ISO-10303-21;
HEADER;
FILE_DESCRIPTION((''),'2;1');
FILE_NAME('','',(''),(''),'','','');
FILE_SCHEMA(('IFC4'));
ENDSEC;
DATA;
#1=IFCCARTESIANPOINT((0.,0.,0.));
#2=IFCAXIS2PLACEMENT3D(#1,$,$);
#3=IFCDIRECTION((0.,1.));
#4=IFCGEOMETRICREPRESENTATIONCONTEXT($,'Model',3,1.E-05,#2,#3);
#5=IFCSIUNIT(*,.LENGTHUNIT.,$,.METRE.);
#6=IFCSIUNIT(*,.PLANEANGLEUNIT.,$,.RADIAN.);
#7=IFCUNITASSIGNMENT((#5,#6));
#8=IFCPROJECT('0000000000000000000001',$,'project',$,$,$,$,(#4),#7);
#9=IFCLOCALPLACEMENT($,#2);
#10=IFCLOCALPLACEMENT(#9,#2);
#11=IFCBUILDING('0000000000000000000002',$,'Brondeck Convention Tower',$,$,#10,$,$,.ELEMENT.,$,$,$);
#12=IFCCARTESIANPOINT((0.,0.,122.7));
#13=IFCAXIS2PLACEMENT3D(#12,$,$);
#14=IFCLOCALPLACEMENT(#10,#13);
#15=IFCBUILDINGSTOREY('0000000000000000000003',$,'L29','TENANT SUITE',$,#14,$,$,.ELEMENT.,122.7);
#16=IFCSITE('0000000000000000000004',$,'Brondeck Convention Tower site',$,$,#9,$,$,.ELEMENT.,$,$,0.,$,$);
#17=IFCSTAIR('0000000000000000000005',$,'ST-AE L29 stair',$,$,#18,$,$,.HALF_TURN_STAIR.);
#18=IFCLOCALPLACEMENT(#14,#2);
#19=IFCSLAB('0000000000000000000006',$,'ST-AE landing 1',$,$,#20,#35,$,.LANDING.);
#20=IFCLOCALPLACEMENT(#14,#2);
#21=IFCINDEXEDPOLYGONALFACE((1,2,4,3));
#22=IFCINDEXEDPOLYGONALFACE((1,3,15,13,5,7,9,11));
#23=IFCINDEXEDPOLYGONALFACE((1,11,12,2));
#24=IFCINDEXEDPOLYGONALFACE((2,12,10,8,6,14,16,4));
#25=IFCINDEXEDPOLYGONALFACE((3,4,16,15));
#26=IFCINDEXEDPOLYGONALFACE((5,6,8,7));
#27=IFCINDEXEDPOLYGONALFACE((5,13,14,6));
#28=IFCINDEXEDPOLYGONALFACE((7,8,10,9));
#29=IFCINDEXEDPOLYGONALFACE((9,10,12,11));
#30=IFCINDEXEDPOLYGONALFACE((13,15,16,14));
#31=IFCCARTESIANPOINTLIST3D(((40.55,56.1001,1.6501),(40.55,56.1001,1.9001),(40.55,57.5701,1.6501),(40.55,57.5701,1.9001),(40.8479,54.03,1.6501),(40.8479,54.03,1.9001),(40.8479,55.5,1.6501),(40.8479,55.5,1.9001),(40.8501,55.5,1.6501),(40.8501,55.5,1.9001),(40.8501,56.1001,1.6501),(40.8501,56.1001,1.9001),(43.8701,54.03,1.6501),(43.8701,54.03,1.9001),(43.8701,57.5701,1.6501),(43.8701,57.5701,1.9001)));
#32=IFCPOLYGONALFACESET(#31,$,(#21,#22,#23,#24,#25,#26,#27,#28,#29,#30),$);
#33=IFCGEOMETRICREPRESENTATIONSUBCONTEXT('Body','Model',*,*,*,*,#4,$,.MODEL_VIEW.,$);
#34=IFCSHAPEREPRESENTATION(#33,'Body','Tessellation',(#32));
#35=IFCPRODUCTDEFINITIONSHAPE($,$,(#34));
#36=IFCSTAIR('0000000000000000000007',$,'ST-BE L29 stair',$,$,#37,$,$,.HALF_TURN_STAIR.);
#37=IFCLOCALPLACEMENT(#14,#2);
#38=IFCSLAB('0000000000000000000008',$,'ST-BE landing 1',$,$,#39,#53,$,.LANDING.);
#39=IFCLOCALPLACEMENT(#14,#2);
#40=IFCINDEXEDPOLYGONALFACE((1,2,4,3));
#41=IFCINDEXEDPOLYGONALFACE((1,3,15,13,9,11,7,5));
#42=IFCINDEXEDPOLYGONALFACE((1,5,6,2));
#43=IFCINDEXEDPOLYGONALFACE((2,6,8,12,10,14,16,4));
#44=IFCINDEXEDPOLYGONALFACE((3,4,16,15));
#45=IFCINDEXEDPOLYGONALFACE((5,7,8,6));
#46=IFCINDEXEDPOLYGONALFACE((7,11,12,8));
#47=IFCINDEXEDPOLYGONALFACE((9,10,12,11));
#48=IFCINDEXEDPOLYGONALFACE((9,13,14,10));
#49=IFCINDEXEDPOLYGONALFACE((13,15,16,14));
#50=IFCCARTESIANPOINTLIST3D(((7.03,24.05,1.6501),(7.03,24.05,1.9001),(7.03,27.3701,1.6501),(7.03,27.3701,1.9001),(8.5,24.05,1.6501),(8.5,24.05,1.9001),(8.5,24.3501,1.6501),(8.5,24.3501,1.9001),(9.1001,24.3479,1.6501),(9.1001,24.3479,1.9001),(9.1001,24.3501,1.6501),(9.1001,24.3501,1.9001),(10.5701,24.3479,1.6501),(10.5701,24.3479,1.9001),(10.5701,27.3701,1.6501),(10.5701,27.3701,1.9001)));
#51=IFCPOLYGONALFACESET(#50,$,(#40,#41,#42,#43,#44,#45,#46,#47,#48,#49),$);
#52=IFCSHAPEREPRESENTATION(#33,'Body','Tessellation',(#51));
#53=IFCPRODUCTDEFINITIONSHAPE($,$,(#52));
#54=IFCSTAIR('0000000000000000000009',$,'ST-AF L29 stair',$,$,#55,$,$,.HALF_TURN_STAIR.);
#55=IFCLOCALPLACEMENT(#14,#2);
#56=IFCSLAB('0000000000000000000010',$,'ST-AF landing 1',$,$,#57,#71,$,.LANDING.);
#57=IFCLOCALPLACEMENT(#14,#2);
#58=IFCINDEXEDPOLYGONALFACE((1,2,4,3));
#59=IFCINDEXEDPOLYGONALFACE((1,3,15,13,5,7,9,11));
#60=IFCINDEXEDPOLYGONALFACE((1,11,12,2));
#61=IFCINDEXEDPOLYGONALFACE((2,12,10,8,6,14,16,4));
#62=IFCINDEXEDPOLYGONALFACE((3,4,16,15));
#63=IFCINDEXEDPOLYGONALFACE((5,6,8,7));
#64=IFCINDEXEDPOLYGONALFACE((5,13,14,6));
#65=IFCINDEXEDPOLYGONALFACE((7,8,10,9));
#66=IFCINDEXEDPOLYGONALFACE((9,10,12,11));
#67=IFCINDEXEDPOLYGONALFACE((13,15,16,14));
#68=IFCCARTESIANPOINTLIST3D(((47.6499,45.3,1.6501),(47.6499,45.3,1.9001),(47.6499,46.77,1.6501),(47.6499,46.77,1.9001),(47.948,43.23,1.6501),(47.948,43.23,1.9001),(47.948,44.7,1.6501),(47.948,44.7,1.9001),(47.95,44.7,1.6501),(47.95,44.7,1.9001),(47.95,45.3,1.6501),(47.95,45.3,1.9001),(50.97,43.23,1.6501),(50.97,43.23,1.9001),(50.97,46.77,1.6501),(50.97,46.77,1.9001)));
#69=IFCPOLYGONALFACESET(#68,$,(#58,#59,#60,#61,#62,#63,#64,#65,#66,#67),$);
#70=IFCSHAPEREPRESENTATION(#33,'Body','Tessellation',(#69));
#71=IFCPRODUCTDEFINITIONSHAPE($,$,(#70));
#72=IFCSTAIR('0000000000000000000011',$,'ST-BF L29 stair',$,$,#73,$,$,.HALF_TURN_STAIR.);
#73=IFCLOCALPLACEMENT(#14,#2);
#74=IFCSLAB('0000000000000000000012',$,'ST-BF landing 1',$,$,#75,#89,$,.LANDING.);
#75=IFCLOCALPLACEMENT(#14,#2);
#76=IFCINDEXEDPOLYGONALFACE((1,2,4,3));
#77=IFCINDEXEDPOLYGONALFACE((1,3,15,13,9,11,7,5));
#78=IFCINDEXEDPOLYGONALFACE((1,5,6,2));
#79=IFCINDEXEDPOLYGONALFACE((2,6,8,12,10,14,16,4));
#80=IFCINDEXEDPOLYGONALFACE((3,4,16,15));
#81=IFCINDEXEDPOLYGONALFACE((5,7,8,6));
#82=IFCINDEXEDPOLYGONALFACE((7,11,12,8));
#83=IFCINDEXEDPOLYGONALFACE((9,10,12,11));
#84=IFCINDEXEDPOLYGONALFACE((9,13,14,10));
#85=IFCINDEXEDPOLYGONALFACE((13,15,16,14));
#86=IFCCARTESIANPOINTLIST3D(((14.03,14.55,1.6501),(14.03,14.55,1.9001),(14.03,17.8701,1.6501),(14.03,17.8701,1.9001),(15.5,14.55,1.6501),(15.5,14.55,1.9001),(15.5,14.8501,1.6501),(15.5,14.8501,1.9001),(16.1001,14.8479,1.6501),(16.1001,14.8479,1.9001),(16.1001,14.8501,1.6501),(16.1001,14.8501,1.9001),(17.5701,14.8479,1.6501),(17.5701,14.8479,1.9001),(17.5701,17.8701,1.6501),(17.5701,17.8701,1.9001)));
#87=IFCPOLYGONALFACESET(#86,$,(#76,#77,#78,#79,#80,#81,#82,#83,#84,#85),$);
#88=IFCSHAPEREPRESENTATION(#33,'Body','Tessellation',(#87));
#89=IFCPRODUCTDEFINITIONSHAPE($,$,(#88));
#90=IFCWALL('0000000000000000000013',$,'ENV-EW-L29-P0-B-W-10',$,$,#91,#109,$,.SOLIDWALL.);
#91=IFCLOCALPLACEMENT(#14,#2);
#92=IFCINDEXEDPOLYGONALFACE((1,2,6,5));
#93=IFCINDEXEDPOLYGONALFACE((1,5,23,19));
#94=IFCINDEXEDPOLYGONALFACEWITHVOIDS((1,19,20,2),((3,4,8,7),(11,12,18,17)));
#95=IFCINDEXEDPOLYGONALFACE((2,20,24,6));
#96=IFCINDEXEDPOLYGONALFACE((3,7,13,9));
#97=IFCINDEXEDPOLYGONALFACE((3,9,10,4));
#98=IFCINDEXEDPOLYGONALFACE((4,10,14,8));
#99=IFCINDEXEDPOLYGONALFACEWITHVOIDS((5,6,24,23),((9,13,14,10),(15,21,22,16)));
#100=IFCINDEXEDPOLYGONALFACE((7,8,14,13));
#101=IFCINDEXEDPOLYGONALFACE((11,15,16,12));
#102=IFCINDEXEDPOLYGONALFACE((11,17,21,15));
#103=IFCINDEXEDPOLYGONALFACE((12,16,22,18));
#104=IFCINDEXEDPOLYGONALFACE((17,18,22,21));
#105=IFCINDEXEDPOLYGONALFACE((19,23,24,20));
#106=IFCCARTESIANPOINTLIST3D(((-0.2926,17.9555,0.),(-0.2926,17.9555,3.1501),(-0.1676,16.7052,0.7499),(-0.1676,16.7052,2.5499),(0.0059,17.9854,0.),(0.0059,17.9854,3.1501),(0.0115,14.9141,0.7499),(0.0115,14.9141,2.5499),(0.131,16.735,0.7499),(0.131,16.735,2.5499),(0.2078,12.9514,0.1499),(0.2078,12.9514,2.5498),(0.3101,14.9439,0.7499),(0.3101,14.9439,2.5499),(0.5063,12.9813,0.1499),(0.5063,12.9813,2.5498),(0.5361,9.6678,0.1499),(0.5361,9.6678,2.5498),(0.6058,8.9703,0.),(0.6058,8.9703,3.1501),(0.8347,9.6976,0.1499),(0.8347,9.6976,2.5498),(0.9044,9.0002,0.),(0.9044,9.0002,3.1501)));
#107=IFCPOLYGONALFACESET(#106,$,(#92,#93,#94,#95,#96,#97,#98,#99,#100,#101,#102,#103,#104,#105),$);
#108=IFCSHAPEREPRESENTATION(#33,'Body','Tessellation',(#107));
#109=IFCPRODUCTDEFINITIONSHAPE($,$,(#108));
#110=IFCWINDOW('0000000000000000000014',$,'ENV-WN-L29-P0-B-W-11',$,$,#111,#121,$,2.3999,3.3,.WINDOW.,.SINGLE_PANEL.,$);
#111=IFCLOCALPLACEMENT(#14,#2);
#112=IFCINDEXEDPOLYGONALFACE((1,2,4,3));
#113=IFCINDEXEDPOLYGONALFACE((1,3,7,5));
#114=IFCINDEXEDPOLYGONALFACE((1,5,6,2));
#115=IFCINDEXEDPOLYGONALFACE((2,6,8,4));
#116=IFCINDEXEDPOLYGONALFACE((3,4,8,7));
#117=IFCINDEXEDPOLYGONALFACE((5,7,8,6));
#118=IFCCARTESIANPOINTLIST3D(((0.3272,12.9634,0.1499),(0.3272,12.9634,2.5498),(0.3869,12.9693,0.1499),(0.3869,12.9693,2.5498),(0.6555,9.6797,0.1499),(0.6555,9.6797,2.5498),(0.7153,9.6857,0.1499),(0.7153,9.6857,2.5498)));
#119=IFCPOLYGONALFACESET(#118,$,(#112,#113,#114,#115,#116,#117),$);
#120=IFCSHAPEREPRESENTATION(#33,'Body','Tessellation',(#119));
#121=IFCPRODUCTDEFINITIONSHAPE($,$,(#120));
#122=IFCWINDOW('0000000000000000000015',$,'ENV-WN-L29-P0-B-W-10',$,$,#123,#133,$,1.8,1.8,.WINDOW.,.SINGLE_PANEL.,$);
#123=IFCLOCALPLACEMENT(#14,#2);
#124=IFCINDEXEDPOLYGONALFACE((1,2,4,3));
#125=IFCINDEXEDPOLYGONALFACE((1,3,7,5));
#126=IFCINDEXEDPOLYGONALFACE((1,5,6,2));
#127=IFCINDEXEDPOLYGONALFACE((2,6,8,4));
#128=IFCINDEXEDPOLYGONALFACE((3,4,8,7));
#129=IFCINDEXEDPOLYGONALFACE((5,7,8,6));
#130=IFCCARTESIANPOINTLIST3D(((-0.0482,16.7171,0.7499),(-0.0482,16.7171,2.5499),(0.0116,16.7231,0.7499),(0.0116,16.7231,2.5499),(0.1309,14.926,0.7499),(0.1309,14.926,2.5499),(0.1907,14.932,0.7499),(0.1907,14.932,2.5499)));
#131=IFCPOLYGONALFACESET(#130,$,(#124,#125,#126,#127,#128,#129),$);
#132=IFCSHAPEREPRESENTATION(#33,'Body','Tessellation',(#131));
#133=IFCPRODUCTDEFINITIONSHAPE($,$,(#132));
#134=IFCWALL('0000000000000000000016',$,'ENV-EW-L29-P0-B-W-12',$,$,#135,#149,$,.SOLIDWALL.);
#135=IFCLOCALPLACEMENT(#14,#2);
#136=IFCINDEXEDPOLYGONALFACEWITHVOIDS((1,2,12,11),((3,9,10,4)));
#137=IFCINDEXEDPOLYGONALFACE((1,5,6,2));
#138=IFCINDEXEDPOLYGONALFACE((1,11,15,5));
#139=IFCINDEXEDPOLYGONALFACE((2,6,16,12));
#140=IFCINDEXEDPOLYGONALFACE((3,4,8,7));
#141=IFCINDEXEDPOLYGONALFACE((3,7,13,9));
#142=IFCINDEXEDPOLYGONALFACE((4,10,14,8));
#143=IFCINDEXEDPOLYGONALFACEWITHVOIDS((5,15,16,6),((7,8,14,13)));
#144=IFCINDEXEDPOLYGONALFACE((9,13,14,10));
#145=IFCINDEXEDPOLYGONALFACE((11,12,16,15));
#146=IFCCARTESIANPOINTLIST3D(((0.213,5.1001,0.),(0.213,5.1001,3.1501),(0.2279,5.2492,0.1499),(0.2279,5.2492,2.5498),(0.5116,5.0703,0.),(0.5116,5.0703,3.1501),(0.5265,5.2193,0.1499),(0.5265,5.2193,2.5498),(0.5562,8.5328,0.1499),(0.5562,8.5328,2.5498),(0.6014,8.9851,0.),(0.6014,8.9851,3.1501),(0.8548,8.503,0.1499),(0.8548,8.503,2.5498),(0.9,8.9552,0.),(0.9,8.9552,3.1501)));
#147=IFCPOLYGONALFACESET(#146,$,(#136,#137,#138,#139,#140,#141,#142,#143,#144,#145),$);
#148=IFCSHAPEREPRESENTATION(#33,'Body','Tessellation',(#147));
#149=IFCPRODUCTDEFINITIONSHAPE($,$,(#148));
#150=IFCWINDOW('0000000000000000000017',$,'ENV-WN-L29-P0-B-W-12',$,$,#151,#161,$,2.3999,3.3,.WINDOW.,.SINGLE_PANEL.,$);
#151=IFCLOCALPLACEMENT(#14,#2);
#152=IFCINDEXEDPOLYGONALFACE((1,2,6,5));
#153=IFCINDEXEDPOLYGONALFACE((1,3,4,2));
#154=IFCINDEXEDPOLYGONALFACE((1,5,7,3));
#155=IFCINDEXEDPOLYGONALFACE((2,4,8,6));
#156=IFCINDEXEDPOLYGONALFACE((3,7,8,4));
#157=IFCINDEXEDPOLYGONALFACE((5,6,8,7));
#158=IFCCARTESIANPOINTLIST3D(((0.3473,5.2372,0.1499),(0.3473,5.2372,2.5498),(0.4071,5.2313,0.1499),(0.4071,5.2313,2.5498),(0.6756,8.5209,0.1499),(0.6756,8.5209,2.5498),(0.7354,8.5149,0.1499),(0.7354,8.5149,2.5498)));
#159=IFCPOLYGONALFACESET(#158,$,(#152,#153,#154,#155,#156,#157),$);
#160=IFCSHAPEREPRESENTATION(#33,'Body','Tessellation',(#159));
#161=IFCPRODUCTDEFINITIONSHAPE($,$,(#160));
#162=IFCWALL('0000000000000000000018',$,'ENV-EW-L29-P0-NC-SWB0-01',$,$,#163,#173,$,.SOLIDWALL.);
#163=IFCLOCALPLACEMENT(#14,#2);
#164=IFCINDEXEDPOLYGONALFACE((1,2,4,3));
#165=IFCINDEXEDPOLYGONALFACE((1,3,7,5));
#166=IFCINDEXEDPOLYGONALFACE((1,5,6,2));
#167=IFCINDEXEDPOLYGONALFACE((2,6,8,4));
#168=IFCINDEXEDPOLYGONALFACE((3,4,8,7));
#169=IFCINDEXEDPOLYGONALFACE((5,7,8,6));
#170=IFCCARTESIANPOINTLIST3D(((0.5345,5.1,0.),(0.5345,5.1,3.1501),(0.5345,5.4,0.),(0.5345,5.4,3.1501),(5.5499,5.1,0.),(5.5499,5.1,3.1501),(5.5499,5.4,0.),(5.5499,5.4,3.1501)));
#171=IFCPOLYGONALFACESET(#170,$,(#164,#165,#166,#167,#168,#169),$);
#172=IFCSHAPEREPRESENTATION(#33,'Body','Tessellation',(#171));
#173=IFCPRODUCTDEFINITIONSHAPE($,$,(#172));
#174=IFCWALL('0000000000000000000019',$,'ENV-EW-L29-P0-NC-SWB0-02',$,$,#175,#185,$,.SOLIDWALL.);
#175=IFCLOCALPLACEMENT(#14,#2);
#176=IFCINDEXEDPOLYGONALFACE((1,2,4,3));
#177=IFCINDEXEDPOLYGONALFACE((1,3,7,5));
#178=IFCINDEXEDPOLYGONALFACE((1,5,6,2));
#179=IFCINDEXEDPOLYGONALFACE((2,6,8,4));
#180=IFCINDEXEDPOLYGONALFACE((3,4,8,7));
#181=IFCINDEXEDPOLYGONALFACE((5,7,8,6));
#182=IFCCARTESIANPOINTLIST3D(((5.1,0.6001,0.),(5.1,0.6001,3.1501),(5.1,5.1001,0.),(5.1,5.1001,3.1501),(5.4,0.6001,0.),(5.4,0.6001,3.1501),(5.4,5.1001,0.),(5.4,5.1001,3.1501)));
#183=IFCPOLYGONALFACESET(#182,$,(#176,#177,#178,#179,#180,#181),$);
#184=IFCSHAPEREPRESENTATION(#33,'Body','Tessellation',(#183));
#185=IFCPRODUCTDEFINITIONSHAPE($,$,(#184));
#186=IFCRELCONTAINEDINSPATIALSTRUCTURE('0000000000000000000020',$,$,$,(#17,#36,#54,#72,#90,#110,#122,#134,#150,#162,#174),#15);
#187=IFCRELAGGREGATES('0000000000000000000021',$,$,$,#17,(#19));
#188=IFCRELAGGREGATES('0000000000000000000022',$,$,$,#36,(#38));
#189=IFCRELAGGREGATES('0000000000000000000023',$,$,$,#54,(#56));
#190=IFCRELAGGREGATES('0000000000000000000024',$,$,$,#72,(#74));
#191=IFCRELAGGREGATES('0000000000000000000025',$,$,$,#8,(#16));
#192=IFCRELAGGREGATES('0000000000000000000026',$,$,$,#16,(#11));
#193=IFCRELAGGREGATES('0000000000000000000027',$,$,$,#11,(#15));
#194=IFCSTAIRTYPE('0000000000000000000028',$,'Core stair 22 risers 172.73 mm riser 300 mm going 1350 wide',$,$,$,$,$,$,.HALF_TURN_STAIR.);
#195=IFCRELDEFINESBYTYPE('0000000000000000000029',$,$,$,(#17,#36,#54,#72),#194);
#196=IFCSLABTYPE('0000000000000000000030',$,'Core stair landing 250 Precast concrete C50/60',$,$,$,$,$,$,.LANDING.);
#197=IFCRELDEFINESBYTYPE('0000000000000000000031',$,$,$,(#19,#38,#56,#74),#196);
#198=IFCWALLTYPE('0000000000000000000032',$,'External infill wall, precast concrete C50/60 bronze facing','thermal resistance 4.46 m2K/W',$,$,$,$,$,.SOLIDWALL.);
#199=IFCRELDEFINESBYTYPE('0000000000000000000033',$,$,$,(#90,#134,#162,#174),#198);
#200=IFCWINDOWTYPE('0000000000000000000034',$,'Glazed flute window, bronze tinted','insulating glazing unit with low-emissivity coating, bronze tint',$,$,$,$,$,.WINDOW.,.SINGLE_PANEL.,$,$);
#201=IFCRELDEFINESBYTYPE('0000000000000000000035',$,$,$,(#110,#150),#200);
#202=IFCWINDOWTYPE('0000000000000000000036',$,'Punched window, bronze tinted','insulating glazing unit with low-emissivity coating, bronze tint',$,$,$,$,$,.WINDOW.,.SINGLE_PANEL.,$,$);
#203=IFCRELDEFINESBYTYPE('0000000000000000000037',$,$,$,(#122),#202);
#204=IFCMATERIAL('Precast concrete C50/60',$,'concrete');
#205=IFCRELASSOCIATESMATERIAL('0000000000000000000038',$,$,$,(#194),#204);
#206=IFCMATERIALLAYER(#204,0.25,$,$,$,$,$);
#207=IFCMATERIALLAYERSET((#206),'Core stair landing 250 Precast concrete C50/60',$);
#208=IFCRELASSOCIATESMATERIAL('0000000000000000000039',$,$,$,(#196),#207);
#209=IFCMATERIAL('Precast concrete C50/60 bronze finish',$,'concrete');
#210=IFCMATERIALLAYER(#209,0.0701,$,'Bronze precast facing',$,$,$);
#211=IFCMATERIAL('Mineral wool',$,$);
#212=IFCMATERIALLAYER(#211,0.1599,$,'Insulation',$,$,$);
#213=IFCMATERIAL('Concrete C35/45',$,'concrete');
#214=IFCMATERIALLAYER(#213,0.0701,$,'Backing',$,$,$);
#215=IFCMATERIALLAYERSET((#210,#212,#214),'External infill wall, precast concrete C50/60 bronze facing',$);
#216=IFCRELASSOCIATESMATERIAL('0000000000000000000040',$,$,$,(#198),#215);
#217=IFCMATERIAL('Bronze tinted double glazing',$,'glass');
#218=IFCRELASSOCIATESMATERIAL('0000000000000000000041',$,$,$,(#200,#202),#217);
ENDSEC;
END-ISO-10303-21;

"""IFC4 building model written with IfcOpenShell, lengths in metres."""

from ifc_helpers import new_model, si_unit, direction, frame, frame_2d, origin, place, context, subcontext, project, spatial, polyline, rectangle, outline, extrude, material, layer, layer_set, type_object, element, fill, aggregate, save


model = new_model("IFC4")

# Units and contexts
model_context = context("Model", 3, precision=1e-05, world=origin(), true_north=direction((0.0, 1.0)))
body_context = subcontext(model_context, "Body", "Model", "MODEL_VIEW")
ifc_project = project(units=[si_unit("LENGTHUNIT", "METRE"), si_unit("PLANEANGLEUNIT", "RADIAN")], contexts=[model_context])

# Site, building, storey
site_placement = place(None, origin())
site = spatial("IfcSite", under=ifc_project, at=site_placement, Name="Brondeck Convention Tower site", CompositionType="ELEMENT", RefElevation=0.0)
building_placement = place(site_placement, origin())
building = spatial("IfcBuilding", under=site, at=building_placement, Name="Brondeck Convention Tower", CompositionType="ELEMENT")
storey_placement = place(building_placement, frame((0.0, 0.0, 122.7)))
storey = spatial("IfcBuildingStorey", under=building, at=storey_placement, Name="L29", Description="TENANT SUITE", CompositionType="ELEMENT", Elevation=122.7)

# Shared definitions
ifc_material_1 = material(Name="Concrete C35/45", Category="concrete")

# Stairs, slabs
ifc_material_2 = material(Name="Precast concrete C50/60", Category="concrete")
stair_type = type_object("IfcStairType", Name="Core stair 22 risers 172.73 mm riser 300 mm going 1350 wide", PredefinedType="HALF_TURN_STAIR", material=ifc_material_2)
ifc_layer_1 = layer(ifc_material_2, 0.25)
ifc_layer_set_1 = layer_set([ifc_layer_1], Name="Core stair landing 250 Precast concrete C50/60")
slab_type_1 = type_object("IfcSlabType", Name="Core stair landing 250 Precast concrete C50/60", PredefinedType="LANDING", material=ifc_layer_set_1)
stair_1_placement = place(storey_placement, origin())
stair_1 = element("IfcStair", 1, at=stair_1_placement, inside=storey, type_object=stair_type, Name="ST-AE L29 stair", PredefinedType="HALF_TURN_STAIR")
slab_1_placement = place(storey_placement, frame((0.0, 0.0, 1.6501)))
slab_1 = element("IfcSlab", 2, at=slab_1_placement, type_object=slab_type_1, Name="ST-AE landing 1", PredefinedType="LANDING", context=body_context, shape_type="SweptSolid", body=[
    extrude(outline(polyline([(40.8479, 55.5), (40.8501, 55.5), (40.8501, 56.1001), (40.55, 56.1001), (40.55, 57.5701), (43.8701, 57.5701), (43.8701, 54.03), (40.8479, 54.03), (40.8479, 55.5)])), origin(), (0.0, 0.0, 1.0), 0.25),
])
aggregate(stair_1, [slab_1])
stair_2_placement = place(storey_placement, origin())
stair_2 = element("IfcStair", 3, at=stair_2_placement, inside=storey, type_object=stair_type, Name="ST-BE L29 stair", PredefinedType="HALF_TURN_STAIR")
slab_2_placement = place(storey_placement, frame((0.0, 0.0, 1.6501)))
slab_2 = element("IfcSlab", 4, at=slab_2_placement, type_object=slab_type_1, Name="ST-BE landing 1", PredefinedType="LANDING", context=body_context, shape_type="SweptSolid", body=[
    extrude(outline(polyline([(7.03, 24.05), (7.03, 27.3701), (10.5701, 27.3701), (10.5701, 24.3479), (9.1001, 24.3479), (9.1001, 24.3501), (8.5, 24.3501), (8.5, 24.05), (7.03, 24.05)])), origin(), (0.0, 0.0, 1.0), 0.25),
])
aggregate(stair_2, [slab_2])
stair_3_placement = place(storey_placement, origin())
stair_3 = element("IfcStair", 5, at=stair_3_placement, inside=storey, type_object=stair_type, Name="ST-AF L29 stair", PredefinedType="HALF_TURN_STAIR")
slab_3_placement = place(storey_placement, frame((0.0, 0.0, 1.6501)))
slab_3 = element("IfcSlab", 6, at=slab_3_placement, type_object=slab_type_1, Name="ST-AF landing 1", PredefinedType="LANDING", context=body_context, shape_type="SweptSolid", body=[
    extrude(outline(polyline([(47.948, 44.7), (47.95, 44.7), (47.95, 45.3), (47.6499, 45.3), (47.6499, 46.77), (50.97, 46.77), (50.97, 43.23), (47.948, 43.23), (47.948, 44.7)])), origin(), (0.0, 0.0, 1.0), 0.25),
])
aggregate(stair_3, [slab_3])
stair_4_placement = place(storey_placement, origin())
stair_4 = element("IfcStair", 7, at=stair_4_placement, inside=storey, type_object=stair_type, Name="ST-BF L29 stair", PredefinedType="HALF_TURN_STAIR")
slab_4_placement = place(storey_placement, frame((0.0, 0.0, 1.6501)))
slab_4 = element("IfcSlab", 8, at=slab_4_placement, type_object=slab_type_1, Name="ST-BF landing 1", PredefinedType="LANDING", context=body_context, shape_type="SweptSolid", body=[
    extrude(outline(polyline([(14.03, 14.55), (14.03, 17.8701), (17.5701, 17.8701), (17.5701, 14.8479), (16.1001, 14.8479), (16.1001, 14.8501), (15.5, 14.8501), (15.5, 14.55), (14.03, 14.55)])), origin(), (0.0, 0.0, 1.0), 0.25),
])
aggregate(stair_4, [slab_4])

# Wall, openings, windows
ifc_material_3 = material(Name="Precast concrete C50/60 bronze finish", Category="concrete")
ifc_layer_2 = layer(ifc_material_3, 0.0701, Name="Bronze precast facing")
ifc_material_4 = material(Name="Mineral wool")
ifc_layer_3 = layer(ifc_material_4, 0.1599, Name="Insulation")
ifc_layer_4 = layer(ifc_material_1, 0.0701, Name="Backing")
ifc_layer_set_2 = layer_set([ifc_layer_2, ifc_layer_3, ifc_layer_4], Name="External infill wall, precast concrete C50/60 bronze facing")
wall_type = type_object("IfcWallType", Name="External infill wall, precast concrete C50/60 bronze facing", Description="thermal resistance 4.46 m2K/W", PredefinedType="SOLIDWALL", material=ifc_layer_set_2)
wall_1_placement = place(storey_placement, frame((0.7551, 8.9851, 0.0), z_axis=(0.0, 0.0, 1.0), x_axis=(-0.099496, 0.995038, 0.0)))
wall_1 = element("IfcWall", 9, at=wall_1_placement, inside=storey, type_object=wall_type, Name="ENV-EW-L29-P0-B-W-10", PredefinedType="SOLIDWALL", context=body_context, shape_type="SweptSolid", body=[
    extrude(rectangle(XDim=9.03, YDim=0.3, at=frame_2d((4.5151, 0.0))), origin(), (0.0, 0.0, 1.0), 3.1501),
])
opening_1_placement = place(wall_1_placement, frame((0.7012, 0.0, 0.1499)))
opening_1 = element("IfcOpeningElement", 10, at=opening_1_placement, cuts=wall_1, PredefinedType="OPENING", context=body_context, shape_type="SweptSolid", body=[
    extrude(rectangle(XDim=3.3, YDim=2.3999, at=frame_2d((1.6499, 1.2))), frame((0.0, 0.1599, 0.0), z_axis=(0.0, -1.0, 0.0), x_axis=(1.0, 0.0, 0.0)), (0.0, 0.0, 1.0), 0.3201),
])
opening_2_placement = place(wall_1_placement, frame((5.9736, 0.0, 0.75)))
opening_2 = element("IfcOpeningElement", 11, at=opening_2_placement, cuts=wall_1, PredefinedType="OPENING", context=body_context, shape_type="SweptSolid", body=[
    extrude(rectangle(XDim=1.8, YDim=1.8, at=frame_2d((0.8999, 0.8999))), frame((0.0, 0.1599, 0.0), z_axis=(0.0, -1.0, 0.0), x_axis=(1.0, 0.0, 0.0)), (0.0, 0.0, 1.0), 0.3201),
])
ifc_material_5 = material(Name="Bronze tinted double glazing", Category="glass")
window_type_1 = type_object("IfcWindowType", Name="Glazed flute window, bronze tinted", Description="insulating glazing unit with low-emissivity coating, bronze tint", PartitioningType="SINGLE_PANEL", PredefinedType="WINDOW", material=ifc_material_5)
window_1_placement = place(opening_1_placement, origin())
window_1 = element("IfcWindow", 12, at=window_1_placement, inside=storey, type_object=window_type_1, Name="ENV-WN-L29-P0-B-W-11", OverallHeight=2.3999, OverallWidth=3.3, PartitioningType="SINGLE_PANEL", PredefinedType="WINDOW", context=body_context, shape_type="SweptSolid", body=[
    extrude(rectangle(XDim=3.3, YDim=2.3999, at=frame_2d((1.6499, 1.2))), frame((0.0, 0.03, 0.0), z_axis=(0.0, -1.0, 0.0), x_axis=(1.0, 0.0, 0.0)), (0.0, 0.0, 1.0), 0.0601),
])
fill(opening_1, window_1)
window_type_2 = type_object("IfcWindowType", Name="Punched window, bronze tinted", Description="insulating glazing unit with low-emissivity coating, bronze tint", PartitioningType="SINGLE_PANEL", PredefinedType="WINDOW", material=ifc_material_5)
window_2_placement = place(opening_2_placement, origin())
window_2 = element("IfcWindow", 13, at=window_2_placement, inside=storey, type_object=window_type_2, Name="ENV-WN-L29-P0-B-W-10", OverallHeight=1.8, OverallWidth=1.8, PartitioningType="SINGLE_PANEL", PredefinedType="WINDOW", context=body_context, shape_type="SweptSolid", body=[
    extrude(rectangle(XDim=1.8, YDim=1.8, at=frame_2d((0.8999, 0.8999))), frame((0.0, 0.03, 0.0), z_axis=(0.0, -1.0, 0.0), x_axis=(1.0, 0.0, 0.0)), (0.0, 0.0, 1.0), 0.0601),
])
fill(opening_2, window_2)

# Wall, opening, window
wall_2_placement = place(storey_placement, frame((0.3623, 5.0852, 0.0), z_axis=(0.0, 0.0, 1.0), x_axis=(0.099485, 0.995039, 0.0)))
wall_2 = element("IfcWall", 14, at=wall_2_placement, inside=storey, type_object=wall_type, Name="ENV-EW-L29-P0-B-W-12", PredefinedType="SOLIDWALL", context=body_context, shape_type="SweptSolid", body=[
    extrude(rectangle(XDim=3.9043, YDim=0.3, at=frame_2d((1.9521, 0.0))), origin(), (0.0, 0.0, 1.0), 3.1501),
])
opening_3_placement = place(wall_2_placement, frame((0.1499, 0.0, 0.1499)))
opening_3 = element("IfcOpeningElement", 15, at=opening_3_placement, cuts=wall_2, PredefinedType="OPENING", context=body_context, shape_type="SweptSolid", body=[
    extrude(rectangle(XDim=3.3, YDim=2.3999, at=frame_2d((1.6499, 1.2))), frame((0.0, 0.1599, 0.0), z_axis=(0.0, -1.0, 0.0), x_axis=(1.0, 0.0, 0.0)), (0.0, 0.0, 1.0), 0.3201),
])
window_3_placement = place(opening_3_placement, origin())
window_3 = element("IfcWindow", 16, at=window_3_placement, inside=storey, type_object=window_type_1, Name="ENV-WN-L29-P0-B-W-12", OverallHeight=2.3999, OverallWidth=3.3, PartitioningType="SINGLE_PANEL", PredefinedType="WINDOW", context=body_context, shape_type="SweptSolid", body=[
    extrude(rectangle(XDim=3.3, YDim=2.3999, at=frame_2d((1.6499, 1.2))), frame((0.0, 0.03, 0.0), z_axis=(0.0, -1.0, 0.0), x_axis=(1.0, 0.0, 0.0)), (0.0, 0.0, 1.0), 0.0601),
])
fill(opening_3, window_3)

# Walls
wall_3_placement = place(storey_placement, frame((5.55, 5.25, 0.0), z_axis=(0.0, 0.0, 1.0), x_axis=(-1.0, 0.0, 0.0)))
element("IfcWall", 17, at=wall_3_placement, inside=storey, type_object=wall_type, Name="ENV-EW-L29-P0-NC-SWB0-01", PredefinedType="SOLIDWALL", context=body_context, shape_type="SweptSolid", body=[
    extrude(rectangle(XDim=5.0154, YDim=0.3, at=frame_2d((2.5078, 0.0))), origin(), (0.0, 0.0, 1.0), 3.1501),
])
wall_4_placement = place(storey_placement, frame((5.25, 0.6001, 0.0), z_axis=(0.0, 0.0, 1.0), x_axis=(0.0, 1.0, 0.0)))
element("IfcWall", 18, at=wall_4_placement, inside=storey, type_object=wall_type, Name="ENV-EW-L29-P0-NC-SWB0-02", PredefinedType="SOLIDWALL", context=body_context, shape_type="SweptSolid", body=[
    extrude(rectangle(XDim=4.5, YDim=0.3, at=frame_2d((2.25, 0.0))), origin(), (0.0, 0.0, 1.0), 3.1501),
])

save(model, "model.ifc")
